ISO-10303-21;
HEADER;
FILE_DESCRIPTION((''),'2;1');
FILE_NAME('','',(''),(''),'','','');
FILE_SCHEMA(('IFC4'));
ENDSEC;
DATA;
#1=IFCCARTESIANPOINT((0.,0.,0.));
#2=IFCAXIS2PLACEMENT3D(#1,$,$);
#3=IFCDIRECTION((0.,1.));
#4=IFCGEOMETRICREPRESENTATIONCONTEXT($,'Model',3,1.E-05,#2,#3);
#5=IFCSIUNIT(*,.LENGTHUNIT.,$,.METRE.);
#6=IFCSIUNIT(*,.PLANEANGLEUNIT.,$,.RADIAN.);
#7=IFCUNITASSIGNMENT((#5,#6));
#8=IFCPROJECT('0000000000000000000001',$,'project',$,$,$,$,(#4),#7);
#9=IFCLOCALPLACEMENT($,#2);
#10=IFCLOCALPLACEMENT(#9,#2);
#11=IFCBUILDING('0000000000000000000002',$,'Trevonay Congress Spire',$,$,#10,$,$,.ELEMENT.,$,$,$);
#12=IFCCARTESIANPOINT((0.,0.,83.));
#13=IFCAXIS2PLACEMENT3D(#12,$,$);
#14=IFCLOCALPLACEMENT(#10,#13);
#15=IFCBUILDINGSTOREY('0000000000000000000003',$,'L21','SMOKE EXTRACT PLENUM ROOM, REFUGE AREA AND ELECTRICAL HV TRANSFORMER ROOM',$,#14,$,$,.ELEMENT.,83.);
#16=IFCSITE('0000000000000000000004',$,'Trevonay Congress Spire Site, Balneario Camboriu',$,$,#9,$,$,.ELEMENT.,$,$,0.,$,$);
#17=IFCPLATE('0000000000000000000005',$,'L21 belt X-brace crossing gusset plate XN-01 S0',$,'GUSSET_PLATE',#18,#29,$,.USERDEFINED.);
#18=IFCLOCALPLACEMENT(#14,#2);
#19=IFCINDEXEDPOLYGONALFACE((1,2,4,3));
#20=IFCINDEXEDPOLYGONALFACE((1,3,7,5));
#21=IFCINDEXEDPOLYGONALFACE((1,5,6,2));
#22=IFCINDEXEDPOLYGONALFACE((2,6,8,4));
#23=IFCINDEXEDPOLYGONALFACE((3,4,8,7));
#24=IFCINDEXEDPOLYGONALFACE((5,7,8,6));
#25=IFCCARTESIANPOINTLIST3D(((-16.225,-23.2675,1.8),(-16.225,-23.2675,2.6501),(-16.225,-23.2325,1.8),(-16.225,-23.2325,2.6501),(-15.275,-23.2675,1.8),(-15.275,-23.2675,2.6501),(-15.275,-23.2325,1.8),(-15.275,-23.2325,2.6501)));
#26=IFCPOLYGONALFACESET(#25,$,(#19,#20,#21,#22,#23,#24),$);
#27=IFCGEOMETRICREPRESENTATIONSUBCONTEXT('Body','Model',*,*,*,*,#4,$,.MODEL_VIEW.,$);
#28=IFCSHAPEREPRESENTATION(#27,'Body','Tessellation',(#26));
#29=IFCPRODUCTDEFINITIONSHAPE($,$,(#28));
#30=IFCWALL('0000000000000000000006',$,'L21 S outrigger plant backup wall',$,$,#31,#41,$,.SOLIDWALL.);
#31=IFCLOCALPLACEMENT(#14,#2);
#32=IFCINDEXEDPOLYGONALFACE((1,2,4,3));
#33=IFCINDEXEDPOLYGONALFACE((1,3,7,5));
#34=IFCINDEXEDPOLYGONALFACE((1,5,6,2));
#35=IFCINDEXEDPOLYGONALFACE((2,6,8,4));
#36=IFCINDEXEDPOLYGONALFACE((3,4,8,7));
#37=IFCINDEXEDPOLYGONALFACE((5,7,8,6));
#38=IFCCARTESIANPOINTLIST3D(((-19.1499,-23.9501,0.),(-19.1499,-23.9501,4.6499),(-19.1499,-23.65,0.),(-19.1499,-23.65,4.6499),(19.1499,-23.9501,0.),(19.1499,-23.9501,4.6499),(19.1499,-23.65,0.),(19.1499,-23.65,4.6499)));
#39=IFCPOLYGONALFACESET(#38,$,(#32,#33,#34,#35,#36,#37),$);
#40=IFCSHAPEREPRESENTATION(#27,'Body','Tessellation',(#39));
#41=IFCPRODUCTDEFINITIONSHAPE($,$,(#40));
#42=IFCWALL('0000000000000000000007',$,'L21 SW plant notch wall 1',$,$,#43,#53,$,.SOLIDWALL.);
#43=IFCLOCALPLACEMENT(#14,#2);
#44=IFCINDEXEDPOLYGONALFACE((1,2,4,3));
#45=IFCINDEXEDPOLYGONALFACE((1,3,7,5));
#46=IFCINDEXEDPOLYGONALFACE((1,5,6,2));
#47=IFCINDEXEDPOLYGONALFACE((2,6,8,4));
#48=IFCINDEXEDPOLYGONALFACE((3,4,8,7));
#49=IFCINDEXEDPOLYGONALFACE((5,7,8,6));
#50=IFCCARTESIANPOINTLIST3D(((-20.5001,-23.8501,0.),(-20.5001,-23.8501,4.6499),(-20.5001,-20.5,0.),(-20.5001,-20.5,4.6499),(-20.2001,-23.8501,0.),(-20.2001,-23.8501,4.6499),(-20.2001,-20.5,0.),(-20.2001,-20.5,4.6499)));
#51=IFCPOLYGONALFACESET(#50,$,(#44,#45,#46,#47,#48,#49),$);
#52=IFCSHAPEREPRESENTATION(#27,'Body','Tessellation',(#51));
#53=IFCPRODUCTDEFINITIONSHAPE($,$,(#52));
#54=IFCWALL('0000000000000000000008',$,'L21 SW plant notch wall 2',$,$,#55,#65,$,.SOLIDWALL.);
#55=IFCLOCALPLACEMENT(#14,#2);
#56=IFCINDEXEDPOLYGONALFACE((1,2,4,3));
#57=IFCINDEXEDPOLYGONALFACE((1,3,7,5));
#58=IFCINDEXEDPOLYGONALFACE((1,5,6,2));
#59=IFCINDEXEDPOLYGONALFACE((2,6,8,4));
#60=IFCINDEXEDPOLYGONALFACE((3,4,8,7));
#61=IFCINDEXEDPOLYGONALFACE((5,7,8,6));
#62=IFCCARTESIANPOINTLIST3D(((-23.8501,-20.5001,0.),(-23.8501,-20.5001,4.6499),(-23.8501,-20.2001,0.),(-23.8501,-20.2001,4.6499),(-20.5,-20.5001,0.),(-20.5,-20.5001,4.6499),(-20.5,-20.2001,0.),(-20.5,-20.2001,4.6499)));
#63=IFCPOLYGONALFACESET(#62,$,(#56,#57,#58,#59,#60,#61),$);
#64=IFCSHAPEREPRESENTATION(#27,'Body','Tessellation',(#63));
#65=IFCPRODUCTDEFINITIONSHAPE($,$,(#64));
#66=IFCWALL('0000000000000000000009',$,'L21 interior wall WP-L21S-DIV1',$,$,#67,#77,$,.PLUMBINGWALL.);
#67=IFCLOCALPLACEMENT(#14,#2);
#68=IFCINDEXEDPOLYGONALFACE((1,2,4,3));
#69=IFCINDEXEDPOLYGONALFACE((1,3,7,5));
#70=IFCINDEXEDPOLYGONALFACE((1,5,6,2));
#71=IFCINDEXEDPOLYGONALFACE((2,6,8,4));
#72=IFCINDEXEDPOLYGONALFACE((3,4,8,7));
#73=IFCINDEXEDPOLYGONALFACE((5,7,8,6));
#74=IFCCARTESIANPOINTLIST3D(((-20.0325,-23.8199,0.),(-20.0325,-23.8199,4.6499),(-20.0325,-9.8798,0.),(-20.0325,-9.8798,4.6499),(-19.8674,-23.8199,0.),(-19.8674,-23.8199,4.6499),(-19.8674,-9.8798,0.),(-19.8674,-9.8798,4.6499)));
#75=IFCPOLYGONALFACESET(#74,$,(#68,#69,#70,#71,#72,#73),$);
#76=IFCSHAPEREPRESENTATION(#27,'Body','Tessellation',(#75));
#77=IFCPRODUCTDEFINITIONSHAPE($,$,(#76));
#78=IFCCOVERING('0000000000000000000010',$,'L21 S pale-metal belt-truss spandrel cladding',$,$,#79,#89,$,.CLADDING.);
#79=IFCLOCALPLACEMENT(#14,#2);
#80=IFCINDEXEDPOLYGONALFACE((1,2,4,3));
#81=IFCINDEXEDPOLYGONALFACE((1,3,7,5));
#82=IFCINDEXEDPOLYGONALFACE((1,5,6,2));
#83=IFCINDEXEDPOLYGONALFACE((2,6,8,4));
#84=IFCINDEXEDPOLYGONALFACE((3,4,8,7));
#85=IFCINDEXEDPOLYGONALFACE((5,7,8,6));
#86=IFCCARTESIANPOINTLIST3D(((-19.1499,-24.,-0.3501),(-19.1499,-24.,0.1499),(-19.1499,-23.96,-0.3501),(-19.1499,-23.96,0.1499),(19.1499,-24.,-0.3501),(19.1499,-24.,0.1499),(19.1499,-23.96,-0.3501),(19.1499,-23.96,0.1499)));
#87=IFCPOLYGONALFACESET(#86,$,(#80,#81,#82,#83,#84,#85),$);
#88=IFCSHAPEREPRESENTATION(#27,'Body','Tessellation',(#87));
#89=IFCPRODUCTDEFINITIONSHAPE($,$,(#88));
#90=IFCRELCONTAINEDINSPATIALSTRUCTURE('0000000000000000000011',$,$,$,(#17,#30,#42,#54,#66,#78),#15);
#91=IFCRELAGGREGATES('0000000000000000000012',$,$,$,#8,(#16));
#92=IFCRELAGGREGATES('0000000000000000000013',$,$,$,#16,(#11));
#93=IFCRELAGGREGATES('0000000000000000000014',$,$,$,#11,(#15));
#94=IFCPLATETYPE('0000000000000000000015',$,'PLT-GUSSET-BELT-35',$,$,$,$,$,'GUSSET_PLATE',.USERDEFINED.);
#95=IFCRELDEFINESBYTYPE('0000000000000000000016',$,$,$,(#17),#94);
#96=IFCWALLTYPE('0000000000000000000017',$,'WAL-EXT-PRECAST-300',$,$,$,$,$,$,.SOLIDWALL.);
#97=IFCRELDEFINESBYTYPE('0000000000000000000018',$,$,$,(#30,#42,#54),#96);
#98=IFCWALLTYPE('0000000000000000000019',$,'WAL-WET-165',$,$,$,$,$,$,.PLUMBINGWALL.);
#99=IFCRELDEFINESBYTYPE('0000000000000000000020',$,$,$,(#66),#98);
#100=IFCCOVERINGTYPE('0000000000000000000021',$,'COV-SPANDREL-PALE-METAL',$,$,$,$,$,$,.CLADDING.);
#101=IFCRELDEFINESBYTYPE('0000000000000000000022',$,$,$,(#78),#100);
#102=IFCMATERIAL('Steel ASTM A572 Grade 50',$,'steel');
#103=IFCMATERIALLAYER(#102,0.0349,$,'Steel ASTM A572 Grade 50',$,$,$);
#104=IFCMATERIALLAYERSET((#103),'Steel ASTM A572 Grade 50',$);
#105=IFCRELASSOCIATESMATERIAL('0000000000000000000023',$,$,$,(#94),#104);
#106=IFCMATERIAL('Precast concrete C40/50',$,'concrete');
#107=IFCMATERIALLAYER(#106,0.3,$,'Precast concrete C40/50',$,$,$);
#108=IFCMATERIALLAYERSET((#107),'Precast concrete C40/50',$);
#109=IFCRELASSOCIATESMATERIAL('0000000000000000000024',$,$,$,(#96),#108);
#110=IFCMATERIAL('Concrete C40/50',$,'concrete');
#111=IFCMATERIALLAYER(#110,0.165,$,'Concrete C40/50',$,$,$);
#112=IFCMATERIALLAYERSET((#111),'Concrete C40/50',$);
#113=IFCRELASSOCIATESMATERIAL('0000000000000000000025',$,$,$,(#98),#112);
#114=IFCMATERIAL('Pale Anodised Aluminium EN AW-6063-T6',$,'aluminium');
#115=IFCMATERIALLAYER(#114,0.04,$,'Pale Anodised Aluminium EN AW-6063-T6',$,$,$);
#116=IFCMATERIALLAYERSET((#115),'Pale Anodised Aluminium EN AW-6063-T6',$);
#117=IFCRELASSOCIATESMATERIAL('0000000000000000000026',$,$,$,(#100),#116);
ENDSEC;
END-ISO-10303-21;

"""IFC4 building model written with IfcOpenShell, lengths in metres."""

from ifc_helpers import new_model, si_unit, direction, frame, frame_2d, origin, origin_2d, place, context, subcontext, project, spatial, rectangle, extrude, material, layer, layer_set, type_object, element, save


model = new_model("IFC4")

# Units and contexts
model_context = context("Model", 3, precision=1e-05, world=origin(), true_north=direction((0.0, 1.0)))
body_context = subcontext(model_context, "Body", "Model", "MODEL_VIEW")
ifc_project = project(units=[si_unit("LENGTHUNIT", "METRE"), si_unit("PLANEANGLEUNIT", "RADIAN")], contexts=[model_context])

# Site, building, storey
site_placement = place(None, origin())
site = spatial("IfcSite", under=ifc_project, at=site_placement, Name="Trevonay Congress Spire Site, Balneario Camboriu", CompositionType="ELEMENT", RefElevation=0.0)
building_placement = place(site_placement, origin())
building = spatial("IfcBuilding", under=site, at=building_placement, Name="Trevonay Congress Spire", CompositionType="ELEMENT")
storey_placement = place(building_placement, frame((0.0, 0.0, 83.0)))
storey = spatial("IfcBuildingStorey", under=building, at=storey_placement, Name="L21", Description="SMOKE EXTRACT PLENUM ROOM, REFUGE AREA AND ELECTRICAL HV TRANSFORMER ROOM", CompositionType="ELEMENT", Elevation=83.0)

# Shared definitions
ifc_material_1 = material(Name="Steel ASTM A572 Grade 50", Category="steel")

# Plate
ifc_layer_1 = layer(ifc_material_1, 0.0349, Name="Steel ASTM A572 Grade 50")
ifc_layer_set_1 = layer_set([ifc_layer_1], Name="Steel ASTM A572 Grade 50")
plate_type = type_object("IfcPlateType", Name="PLT-GUSSET-BELT-35", ElementType="GUSSET_PLATE", PredefinedType="USERDEFINED", material=ifc_layer_set_1)
plate_placement = place(storey_placement, frame((-15.75, -23.25, 1.8), z_axis=(0.0, 0.0, 1.0), x_axis=(1.0, 0.0, 0.0)))
element("IfcPlate", 1, at=plate_placement, inside=storey, type_object=plate_type, Name="L21 belt X-brace crossing gusset plate XN-01 S0", ObjectType="GUSSET_PLATE", PredefinedType="USERDEFINED", context=body_context, shape_type="SweptSolid", body=[
    extrude(rectangle(XDim=0.95, YDim=0.0349, at=origin_2d()), origin(), (0.0, 0.0, 1.0), 0.8501),
])

# Walls
ifc_material_2 = material(Name="Precast concrete C40/50", Category="concrete")
ifc_layer_2 = layer(ifc_material_2, 0.3, Name="Precast concrete C40/50")
ifc_layer_set_2 = layer_set([ifc_layer_2], Name="Precast concrete C40/50")
wall_type_1 = type_object("IfcWallType", Name="WAL-EXT-PRECAST-300", PredefinedType="SOLIDWALL", material=ifc_layer_set_2)
wall_1_placement = place(storey_placement, frame((-19.1499, -23.8, 0.0), z_axis=(0.0, 0.0, 1.0), x_axis=(1.0, 0.0, 0.0)))
element("IfcWall", 2, at=wall_1_placement, inside=storey, type_object=wall_type_1, Name="L21 S outrigger plant backup wall", PredefinedType="SOLIDWALL", context=body_context, shape_type="SweptSolid", body=[
    extrude(rectangle(XDim=38.2998, YDim=0.3, at=frame_2d((19.1499, 0.0))), origin(), (0.0, 0.0, 1.0), 4.6499),
])
for number, where, z_axis, x_axis, name in (
    (3, (-20.3501, -23.8501, 0.0), (0.0, 0.0, 1.0), (0.0, 1.0, 0.0), "L21 SW plant notch wall 1"),
    (4, (-23.8501, -20.3501, 0.0), (0.0, 0.0, 1.0), (1.0, 0.0, 0.0), "L21 SW plant notch wall 2"),
):
    element("IfcWall", number, at=place(storey_placement, frame(where, z_axis=z_axis, x_axis=x_axis)), inside=storey, type_object=wall_type_1, Name=name, PredefinedType="SOLIDWALL", context=body_context, shape_type="SweptSolid", body=[
        extrude(rectangle(XDim=3.3501, YDim=0.3, at=frame_2d((1.675, 0.0))), origin(), (0.0, 0.0, 1.0), 4.6499),
    ])
ifc_material_3 = material(Name="Concrete C40/50", Category="concrete")
ifc_layer_3 = layer(ifc_material_3, 0.165, Name="Concrete C40/50")
ifc_layer_set_3 = layer_set([ifc_layer_3], Name="Concrete C40/50")
wall_type_2 = type_object("IfcWallType", Name="WAL-WET-165", PredefinedType="PLUMBINGWALL", material=ifc_layer_set_3)
wall_2_placement = place(storey_placement, frame((-19.95, -23.8201, 0.0), z_axis=(0.0, 0.0, 1.0), x_axis=(0.0, 1.0, 0.0)))
element("IfcWall", 5, at=wall_2_placement, inside=storey, type_object=wall_type_2, Name="L21 interior wall WP-L21S-DIV1", PredefinedType="PLUMBINGWALL", context=body_context, shape_type="SweptSolid", body=[
    extrude(rectangle(XDim=13.9402, YDim=0.165, at=frame_2d((6.9702, 0.0))), origin(), (0.0, 0.0, 1.0), 4.6499),
])

# Covering
ifc_material_4 = material(Name="Pale Anodised Aluminium EN AW-6063-T6", Category="aluminium")
ifc_layer_4 = layer(ifc_material_4, 0.04, Name="Pale Anodised Aluminium EN AW-6063-T6")
ifc_layer_set_4 = layer_set([ifc_layer_4], Name="Pale Anodised Aluminium EN AW-6063-T6")
covering_type = type_object("IfcCoveringType", Name="COV-SPANDREL-PALE-METAL", PredefinedType="CLADDING", material=ifc_layer_set_4)
covering_placement = place(storey_placement, frame((-19.1499, -23.98, -0.3501), z_axis=(0.0, 0.0, 1.0), x_axis=(1.0, 0.0, 0.0)))
element("IfcCovering", 6, at=covering_placement, inside=storey, type_object=covering_type, Name="L21 S pale-metal belt-truss spandrel cladding", PredefinedType="CLADDING", context=body_context, shape_type="SweptSolid", body=[
    extrude(rectangle(XDim=38.2998, YDim=0.04, at=frame_2d((19.1499, 0.0))), origin(), (0.0, 0.0, 1.0), 0.5),
])

save(model, "model.ifc")
